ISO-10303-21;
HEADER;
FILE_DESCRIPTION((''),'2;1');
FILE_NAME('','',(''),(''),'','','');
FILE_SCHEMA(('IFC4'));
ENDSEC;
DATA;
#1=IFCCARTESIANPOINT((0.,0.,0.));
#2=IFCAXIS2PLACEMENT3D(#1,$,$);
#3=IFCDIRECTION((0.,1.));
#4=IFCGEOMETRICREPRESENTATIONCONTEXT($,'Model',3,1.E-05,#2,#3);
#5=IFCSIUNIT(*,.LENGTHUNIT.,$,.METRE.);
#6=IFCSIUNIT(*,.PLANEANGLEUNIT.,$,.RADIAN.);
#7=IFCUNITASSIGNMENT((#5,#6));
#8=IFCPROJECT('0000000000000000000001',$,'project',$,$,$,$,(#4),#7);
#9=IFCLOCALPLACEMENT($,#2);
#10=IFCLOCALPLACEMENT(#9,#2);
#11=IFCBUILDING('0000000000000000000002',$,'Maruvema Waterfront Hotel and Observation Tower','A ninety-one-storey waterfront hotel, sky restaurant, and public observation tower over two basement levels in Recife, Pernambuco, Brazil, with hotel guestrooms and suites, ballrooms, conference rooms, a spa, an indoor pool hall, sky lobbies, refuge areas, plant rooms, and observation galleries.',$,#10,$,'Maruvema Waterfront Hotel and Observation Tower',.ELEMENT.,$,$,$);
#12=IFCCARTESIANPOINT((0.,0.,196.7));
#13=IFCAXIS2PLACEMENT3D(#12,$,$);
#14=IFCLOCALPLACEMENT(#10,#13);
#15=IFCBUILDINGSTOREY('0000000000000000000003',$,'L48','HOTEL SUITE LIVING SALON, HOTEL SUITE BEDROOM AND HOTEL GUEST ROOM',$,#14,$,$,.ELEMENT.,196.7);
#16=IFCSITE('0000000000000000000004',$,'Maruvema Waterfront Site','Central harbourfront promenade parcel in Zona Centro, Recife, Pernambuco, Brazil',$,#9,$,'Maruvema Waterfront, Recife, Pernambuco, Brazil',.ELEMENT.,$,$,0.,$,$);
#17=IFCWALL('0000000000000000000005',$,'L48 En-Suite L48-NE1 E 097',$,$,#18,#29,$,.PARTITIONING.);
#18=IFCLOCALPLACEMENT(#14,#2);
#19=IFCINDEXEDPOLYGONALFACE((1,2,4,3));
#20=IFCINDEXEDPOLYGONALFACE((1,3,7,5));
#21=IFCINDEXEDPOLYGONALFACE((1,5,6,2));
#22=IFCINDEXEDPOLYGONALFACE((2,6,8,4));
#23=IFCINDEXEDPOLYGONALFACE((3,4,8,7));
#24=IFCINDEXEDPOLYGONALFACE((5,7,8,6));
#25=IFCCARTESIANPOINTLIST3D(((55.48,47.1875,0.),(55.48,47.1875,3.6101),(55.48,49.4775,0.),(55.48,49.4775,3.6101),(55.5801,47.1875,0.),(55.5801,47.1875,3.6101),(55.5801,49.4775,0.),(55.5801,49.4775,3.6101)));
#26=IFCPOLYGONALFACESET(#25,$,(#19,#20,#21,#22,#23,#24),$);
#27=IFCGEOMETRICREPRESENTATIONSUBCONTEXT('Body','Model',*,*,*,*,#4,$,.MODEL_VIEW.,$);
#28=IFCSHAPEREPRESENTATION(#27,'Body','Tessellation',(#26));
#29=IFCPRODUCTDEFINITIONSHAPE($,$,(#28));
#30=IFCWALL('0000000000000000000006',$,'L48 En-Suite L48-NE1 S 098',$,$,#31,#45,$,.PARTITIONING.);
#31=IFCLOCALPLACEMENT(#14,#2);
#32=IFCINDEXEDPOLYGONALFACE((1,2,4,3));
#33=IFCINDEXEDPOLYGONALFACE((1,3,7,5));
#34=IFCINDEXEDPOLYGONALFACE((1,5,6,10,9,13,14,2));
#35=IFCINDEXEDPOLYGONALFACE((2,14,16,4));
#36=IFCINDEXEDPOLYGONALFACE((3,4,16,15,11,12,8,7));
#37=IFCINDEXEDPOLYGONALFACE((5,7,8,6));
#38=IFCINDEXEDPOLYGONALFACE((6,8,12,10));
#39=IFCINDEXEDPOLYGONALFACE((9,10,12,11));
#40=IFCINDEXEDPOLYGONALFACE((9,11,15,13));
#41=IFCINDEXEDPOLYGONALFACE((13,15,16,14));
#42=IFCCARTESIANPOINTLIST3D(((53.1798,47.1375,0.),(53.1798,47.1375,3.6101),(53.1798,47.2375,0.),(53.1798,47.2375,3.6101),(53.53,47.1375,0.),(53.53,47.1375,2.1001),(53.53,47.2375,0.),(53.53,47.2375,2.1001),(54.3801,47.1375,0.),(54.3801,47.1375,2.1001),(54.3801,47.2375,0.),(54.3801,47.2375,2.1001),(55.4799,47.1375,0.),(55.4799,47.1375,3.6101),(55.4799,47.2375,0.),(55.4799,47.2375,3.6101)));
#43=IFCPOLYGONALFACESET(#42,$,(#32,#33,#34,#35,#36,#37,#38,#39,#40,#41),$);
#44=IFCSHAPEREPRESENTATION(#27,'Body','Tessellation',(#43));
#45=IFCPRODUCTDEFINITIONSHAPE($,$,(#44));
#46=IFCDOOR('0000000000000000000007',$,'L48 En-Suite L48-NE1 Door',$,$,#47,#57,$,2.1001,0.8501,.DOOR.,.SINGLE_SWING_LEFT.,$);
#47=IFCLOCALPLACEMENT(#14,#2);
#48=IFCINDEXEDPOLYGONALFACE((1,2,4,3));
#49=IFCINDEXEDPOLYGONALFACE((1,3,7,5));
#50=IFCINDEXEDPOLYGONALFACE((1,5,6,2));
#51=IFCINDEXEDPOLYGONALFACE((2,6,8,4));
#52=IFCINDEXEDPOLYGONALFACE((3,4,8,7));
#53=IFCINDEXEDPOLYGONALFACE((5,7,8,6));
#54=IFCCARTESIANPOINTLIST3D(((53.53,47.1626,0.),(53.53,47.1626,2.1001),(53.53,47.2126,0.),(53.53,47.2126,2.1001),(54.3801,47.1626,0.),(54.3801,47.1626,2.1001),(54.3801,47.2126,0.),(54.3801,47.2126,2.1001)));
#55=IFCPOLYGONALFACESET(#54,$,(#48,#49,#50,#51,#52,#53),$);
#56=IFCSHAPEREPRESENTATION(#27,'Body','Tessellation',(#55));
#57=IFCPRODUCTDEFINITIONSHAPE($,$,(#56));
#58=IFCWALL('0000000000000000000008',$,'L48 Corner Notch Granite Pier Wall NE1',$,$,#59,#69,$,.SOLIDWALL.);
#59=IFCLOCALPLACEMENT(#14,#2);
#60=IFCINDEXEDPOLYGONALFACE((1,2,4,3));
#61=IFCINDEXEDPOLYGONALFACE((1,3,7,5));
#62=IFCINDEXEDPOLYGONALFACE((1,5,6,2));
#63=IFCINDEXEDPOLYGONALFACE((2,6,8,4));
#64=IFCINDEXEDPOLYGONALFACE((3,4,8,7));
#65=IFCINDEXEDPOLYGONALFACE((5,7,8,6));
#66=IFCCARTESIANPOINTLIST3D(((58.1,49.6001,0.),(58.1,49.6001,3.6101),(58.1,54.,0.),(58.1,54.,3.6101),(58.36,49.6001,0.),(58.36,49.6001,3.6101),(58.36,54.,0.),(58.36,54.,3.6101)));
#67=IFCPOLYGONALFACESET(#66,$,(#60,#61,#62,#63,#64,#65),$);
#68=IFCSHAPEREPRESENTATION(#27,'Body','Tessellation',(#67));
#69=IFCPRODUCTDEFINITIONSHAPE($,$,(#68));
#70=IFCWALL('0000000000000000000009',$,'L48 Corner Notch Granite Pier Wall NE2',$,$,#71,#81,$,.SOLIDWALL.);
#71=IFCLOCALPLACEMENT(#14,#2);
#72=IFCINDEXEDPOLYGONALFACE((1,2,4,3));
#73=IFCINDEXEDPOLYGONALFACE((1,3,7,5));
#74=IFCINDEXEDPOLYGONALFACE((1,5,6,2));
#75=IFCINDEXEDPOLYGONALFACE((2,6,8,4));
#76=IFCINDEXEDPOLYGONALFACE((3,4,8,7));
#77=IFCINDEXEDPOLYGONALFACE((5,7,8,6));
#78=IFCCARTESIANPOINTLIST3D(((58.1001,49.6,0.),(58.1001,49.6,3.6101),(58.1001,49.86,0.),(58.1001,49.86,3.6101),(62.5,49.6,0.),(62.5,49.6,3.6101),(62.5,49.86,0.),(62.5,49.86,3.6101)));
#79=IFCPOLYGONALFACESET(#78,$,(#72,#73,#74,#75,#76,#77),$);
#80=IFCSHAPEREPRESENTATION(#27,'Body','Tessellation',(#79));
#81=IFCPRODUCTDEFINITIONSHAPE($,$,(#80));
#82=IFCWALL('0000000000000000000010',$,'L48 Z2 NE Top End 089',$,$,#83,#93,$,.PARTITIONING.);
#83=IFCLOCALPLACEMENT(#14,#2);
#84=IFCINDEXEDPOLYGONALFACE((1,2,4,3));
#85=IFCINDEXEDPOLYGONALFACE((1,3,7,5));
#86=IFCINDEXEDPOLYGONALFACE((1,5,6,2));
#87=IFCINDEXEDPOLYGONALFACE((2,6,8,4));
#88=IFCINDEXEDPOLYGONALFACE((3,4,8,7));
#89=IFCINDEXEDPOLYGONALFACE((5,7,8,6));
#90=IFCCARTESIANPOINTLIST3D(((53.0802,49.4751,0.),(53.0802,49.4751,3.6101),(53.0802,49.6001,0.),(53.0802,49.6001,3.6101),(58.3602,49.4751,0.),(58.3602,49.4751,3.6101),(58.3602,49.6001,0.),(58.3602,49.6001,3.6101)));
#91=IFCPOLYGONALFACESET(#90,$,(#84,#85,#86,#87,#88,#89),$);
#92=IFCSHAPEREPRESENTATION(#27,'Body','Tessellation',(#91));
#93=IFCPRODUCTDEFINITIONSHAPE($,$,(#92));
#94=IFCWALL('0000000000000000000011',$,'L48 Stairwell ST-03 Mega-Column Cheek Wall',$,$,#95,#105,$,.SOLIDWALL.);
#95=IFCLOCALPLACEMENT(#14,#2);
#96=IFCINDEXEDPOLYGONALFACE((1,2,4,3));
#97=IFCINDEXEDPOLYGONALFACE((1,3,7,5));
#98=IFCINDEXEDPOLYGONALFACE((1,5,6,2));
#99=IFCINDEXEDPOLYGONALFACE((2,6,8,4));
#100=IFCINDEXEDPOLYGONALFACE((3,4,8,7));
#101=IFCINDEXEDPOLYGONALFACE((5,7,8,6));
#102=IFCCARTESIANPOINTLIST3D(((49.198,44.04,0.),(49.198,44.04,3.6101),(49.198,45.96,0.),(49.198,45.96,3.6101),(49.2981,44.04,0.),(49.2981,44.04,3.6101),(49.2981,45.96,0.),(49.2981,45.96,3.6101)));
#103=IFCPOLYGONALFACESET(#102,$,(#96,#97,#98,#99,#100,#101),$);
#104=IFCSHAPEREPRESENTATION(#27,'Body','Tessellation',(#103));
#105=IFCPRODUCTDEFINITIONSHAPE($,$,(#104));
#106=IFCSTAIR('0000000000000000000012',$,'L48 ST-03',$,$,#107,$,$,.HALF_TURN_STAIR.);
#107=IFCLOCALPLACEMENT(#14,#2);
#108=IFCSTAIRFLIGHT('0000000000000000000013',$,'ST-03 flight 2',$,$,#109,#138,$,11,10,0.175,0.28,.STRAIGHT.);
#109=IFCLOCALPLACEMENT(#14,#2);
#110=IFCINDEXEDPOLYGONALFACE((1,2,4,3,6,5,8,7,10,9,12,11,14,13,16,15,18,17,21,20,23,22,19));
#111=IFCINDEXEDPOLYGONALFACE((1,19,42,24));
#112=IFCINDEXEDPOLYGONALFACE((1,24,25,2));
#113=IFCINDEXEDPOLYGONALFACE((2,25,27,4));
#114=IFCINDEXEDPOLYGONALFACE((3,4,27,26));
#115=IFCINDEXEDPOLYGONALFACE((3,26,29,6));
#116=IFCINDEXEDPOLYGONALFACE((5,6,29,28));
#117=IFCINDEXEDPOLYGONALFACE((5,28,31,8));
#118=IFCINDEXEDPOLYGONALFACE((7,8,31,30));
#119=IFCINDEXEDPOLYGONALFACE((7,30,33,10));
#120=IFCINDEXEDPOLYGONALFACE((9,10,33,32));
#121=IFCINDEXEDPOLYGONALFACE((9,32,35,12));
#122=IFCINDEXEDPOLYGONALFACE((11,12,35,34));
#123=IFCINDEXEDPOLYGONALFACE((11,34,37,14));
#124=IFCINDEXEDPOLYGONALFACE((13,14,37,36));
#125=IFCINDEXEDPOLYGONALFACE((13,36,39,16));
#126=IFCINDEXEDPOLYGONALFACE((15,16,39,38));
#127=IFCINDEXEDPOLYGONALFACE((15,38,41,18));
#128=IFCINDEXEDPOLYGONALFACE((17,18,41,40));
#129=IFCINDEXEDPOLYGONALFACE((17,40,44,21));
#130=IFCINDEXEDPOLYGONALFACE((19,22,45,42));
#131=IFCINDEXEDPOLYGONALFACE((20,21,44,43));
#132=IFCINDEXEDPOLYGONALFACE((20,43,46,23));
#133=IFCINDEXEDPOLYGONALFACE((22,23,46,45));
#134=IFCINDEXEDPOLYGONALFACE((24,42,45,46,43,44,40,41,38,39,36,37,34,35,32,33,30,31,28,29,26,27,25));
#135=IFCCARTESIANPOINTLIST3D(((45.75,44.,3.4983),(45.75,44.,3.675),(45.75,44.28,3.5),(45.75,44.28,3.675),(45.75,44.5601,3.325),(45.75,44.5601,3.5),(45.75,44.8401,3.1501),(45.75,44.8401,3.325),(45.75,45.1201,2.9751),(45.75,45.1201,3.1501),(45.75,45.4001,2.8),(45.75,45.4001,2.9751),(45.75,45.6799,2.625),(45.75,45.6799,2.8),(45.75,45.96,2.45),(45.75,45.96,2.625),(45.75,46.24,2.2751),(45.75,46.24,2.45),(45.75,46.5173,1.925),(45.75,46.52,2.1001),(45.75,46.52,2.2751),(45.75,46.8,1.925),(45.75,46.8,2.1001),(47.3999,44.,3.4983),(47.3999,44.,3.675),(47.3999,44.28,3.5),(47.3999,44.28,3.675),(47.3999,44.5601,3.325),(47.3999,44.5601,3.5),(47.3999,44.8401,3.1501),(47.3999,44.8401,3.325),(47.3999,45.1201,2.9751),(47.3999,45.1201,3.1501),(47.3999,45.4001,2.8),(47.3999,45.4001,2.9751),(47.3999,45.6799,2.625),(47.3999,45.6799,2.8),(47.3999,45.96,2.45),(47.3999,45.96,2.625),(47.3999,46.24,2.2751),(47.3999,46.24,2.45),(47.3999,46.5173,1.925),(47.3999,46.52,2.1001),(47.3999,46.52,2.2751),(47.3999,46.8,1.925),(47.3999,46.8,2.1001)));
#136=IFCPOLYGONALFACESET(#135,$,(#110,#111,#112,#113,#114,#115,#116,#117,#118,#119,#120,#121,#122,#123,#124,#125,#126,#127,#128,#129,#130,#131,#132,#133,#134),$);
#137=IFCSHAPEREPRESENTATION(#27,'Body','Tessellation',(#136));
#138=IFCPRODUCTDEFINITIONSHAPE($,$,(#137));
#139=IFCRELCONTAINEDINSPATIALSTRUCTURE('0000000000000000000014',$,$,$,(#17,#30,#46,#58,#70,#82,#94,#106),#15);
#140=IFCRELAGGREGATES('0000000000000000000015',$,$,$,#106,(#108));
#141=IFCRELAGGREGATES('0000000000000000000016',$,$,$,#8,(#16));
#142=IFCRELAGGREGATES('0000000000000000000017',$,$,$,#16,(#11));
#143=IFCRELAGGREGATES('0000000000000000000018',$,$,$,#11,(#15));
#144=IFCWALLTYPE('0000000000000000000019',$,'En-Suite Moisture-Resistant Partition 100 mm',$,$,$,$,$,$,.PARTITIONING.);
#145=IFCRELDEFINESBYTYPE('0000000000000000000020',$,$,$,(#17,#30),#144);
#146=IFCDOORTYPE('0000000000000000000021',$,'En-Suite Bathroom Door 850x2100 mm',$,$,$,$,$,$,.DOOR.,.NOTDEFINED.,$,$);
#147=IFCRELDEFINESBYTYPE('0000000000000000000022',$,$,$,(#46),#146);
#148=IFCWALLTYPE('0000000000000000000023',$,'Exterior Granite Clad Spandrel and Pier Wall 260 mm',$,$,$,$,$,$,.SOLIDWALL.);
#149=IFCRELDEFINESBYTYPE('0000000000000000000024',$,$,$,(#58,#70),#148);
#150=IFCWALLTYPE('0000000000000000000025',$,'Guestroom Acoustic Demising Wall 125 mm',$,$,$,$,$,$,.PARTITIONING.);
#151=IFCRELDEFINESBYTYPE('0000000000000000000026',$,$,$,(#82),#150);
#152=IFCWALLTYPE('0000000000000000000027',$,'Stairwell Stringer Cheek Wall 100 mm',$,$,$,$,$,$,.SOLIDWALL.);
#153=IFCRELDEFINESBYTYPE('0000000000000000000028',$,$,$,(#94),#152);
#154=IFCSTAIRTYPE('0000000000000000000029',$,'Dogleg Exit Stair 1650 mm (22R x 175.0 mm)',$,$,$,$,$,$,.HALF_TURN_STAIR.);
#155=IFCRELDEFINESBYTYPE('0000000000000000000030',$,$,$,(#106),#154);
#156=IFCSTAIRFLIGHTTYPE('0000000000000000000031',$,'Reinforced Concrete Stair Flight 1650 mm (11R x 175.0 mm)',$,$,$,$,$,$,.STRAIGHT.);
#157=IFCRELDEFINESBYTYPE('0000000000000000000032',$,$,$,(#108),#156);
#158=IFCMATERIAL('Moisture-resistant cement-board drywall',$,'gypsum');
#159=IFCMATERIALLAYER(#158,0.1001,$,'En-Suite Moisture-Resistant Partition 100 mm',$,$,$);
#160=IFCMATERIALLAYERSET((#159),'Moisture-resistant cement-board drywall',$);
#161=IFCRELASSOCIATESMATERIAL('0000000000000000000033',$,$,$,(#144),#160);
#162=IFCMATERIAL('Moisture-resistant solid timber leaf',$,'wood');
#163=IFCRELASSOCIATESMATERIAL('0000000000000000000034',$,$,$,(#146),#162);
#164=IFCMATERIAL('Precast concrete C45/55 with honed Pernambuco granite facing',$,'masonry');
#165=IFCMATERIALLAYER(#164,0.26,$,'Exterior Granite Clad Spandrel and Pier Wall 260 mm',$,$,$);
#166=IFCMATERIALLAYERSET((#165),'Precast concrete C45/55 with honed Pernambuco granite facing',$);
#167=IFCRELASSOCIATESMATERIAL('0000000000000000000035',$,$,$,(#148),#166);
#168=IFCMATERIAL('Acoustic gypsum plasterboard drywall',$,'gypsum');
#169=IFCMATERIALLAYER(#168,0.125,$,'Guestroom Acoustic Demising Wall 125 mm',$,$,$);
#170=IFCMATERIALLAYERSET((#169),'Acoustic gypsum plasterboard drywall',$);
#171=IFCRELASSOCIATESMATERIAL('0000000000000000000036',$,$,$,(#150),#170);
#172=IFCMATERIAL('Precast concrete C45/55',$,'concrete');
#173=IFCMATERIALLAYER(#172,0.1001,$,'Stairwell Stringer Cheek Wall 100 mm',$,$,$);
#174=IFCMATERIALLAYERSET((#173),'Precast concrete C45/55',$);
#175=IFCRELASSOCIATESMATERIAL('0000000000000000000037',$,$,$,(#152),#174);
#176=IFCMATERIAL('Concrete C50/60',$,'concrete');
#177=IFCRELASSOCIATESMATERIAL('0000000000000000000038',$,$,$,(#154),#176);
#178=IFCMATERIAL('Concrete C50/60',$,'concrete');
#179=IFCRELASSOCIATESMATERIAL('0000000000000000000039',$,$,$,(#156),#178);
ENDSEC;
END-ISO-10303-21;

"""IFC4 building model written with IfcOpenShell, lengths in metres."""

from ifc_helpers import new_model, si_unit, direction, frame, frame_2d, origin, place, context, subcontext, project, spatial, polyline, rectangle, outline, extrude, material, layer, layer_set, type_object, element, fill, aggregate, save


model = new_model("IFC4")

# Units and contexts
model_context = context("Model", 3, precision=1e-05, world=origin(), true_north=direction((0.0, 1.0)))
body_context = subcontext(model_context, "Body", "Model", "MODEL_VIEW")
ifc_project = project(units=[si_unit("LENGTHUNIT", "METRE"), si_unit("PLANEANGLEUNIT", "RADIAN")], contexts=[model_context])

# Site, building, storey
site_placement = place(None, origin())
site = spatial("IfcSite", under=ifc_project, at=site_placement, Name="Maruvema Waterfront Site", Description="Central harbourfront promenade parcel in Zona Centro, Recife, Pernambuco, Brazil", LongName="Maruvema Waterfront, Recife, Pernambuco, Brazil", CompositionType="ELEMENT", RefElevation=0.0)
building_placement = place(site_placement, origin())
building = spatial("IfcBuilding", under=site, at=building_placement, Name="Maruvema Waterfront Hotel and Observation Tower", Description="A ninety-one-storey waterfront hotel, sky restaurant, and public observation tower over two basement levels in Recife, Pernambuco, Brazil, with hotel guestrooms and suites, ballrooms, conference rooms, a spa, an indoor pool hall, sky lobbies, refuge areas, plant rooms, and observation galleries.", LongName="Maruvema Waterfront Hotel and Observation Tower", CompositionType="ELEMENT")
storey_placement = place(building_placement, frame((0.0, 0.0, 196.7)))
storey = spatial("IfcBuildingStorey", under=building, at=storey_placement, Name="L48", Description="HOTEL SUITE LIVING SALON, HOTEL SUITE BEDROOM AND HOTEL GUEST ROOM", CompositionType="ELEMENT", Elevation=196.7)

# Wall
ifc_material_1 = material(Name="Moisture-resistant cement-board drywall", Category="gypsum")
ifc_layer_1 = layer(ifc_material_1, 0.1001, Name="En-Suite Moisture-Resistant Partition 100 mm")
ifc_layer_set_1 = layer_set([ifc_layer_1], Name="Moisture-resistant cement-board drywall")
wall_type_1 = type_object("IfcWallType", Name="En-Suite Moisture-Resistant Partition 100 mm", PredefinedType="PARTITIONING", material=ifc_layer_set_1)
wall_1_placement = place(storey_placement, frame((55.53, 47.1875, 0.0), z_axis=(0.0, 0.0, 1.0), x_axis=(0.0, 1.0, 0.0)))
element("IfcWall", 1, at=wall_1_placement, inside=storey, type_object=wall_type_1, Name="L48 En-Suite L48-NE1 E 097", PredefinedType="PARTITIONING", context=body_context, shape_type="SweptSolid", body=[
    extrude(rectangle(XDim=2.29, YDim=0.1001, at=frame_2d((1.145, 0.0))), origin(), (0.0, 0.0, 1.0), 3.6101),
])

# Wall, opening, door
wall_2_placement = place(storey_placement, frame((53.1799, 47.1875, 0.0), z_axis=(0.0, 0.0, 1.0), x_axis=(1.0, 0.0, 0.0)))
wall_2 = element("IfcWall", 2, at=wall_2_placement, inside=storey, type_object=wall_type_1, Name="L48 En-Suite L48-NE1 S 098", PredefinedType="PARTITIONING", context=body_context, shape_type="SweptSolid", body=[
    extrude(rectangle(XDim=2.3, YDim=0.1001, at=frame_2d((1.1499, 0.0))), origin(), (0.0, 0.0, 1.0), 3.6101),
])
opening_placement = place(wall_2_placement, frame((0.3501, 0.0, 0.0)))
opening = element("IfcOpeningElement", 3, at=opening_placement, cuts=wall_2, PredefinedType="OPENING", context=body_context, shape_type="SweptSolid", body=[
    extrude(rectangle(XDim=0.8501, YDim=2.1001, at=frame_2d((0.425, 1.05))), frame((0.0, 0.0601, 0.0), z_axis=(0.0, -1.0, 0.0), x_axis=(1.0, 0.0, 0.0)), (0.0, 0.0, 1.0), 0.1201),
])
ifc_material_2 = material(Name="Moisture-resistant solid timber leaf", Category="wood")
door_type = type_object("IfcDoorType", Name="En-Suite Bathroom Door 850x2100 mm", OperationType="NOTDEFINED", PredefinedType="DOOR", material=ifc_material_2)
door_placement = place(opening_placement, frame((0.8501, 0.0, 0.0), z_axis=(0.0, 0.0, 1.0), x_axis=(-1.0, 0.0, 0.0)))
door = element("IfcDoor", 4, at=door_placement, inside=storey, type_object=door_type, Name="L48 En-Suite L48-NE1 Door", OperationType="SINGLE_SWING_LEFT", OverallHeight=2.1001, OverallWidth=0.8501, PredefinedType="DOOR", context=body_context, shape_type="SweptSolid", body=[
    extrude(rectangle(XDim=0.8501, YDim=2.1001, at=frame_2d((0.425, 1.05))), frame((0.0, 0.0249, 0.0), z_axis=(0.0, -1.0, 0.0), x_axis=(1.0, 0.0, 0.0)), (0.0, 0.0, 1.0), 0.05),
])
fill(opening, door)

# Walls
ifc_material_3 = material(Name="Precast concrete C45/55 with honed Pernambuco granite facing", Category="masonry")
ifc_layer_2 = layer(ifc_material_3, 0.26, Name="Exterior Granite Clad Spandrel and Pier Wall 260 mm")
ifc_layer_set_2 = layer_set([ifc_layer_2], Name="Precast concrete C45/55 with honed Pernambuco granite facing")
wall_type_2 = type_object("IfcWallType", Name="Exterior Granite Clad Spandrel and Pier Wall 260 mm", PredefinedType="SOLIDWALL", material=ifc_layer_set_2)
for number, where, z_axis, x_axis, name in (
    (5, (58.23, 54.0, 0.0), (0.0, 0.0, 1.0), (0.0, -1.0, 0.0), "L48 Corner Notch Granite Pier Wall NE1"),
    (6, (58.1001, 49.73, 0.0), (0.0, 0.0, 1.0), (1.0, 0.0, 0.0), "L48 Corner Notch Granite Pier Wall NE2"),
):
    element("IfcWall", number, at=place(storey_placement, frame(where, z_axis=z_axis, x_axis=x_axis)), inside=storey, type_object=wall_type_2, Name=name, PredefinedType="SOLIDWALL", context=body_context, shape_type="SweptSolid", body=[
        extrude(rectangle(XDim=4.3999, YDim=0.26, at=frame_2d((2.2, 0.0))), origin(), (0.0, 0.0, 1.0), 3.6101),
    ])
ifc_material_4 = material(Name="Acoustic gypsum plasterboard drywall", Category="gypsum")
ifc_layer_3 = layer(ifc_material_4, 0.125, Name="Guestroom Acoustic Demising Wall 125 mm")
ifc_layer_set_3 = layer_set([ifc_layer_3], Name="Acoustic gypsum plasterboard drywall")
wall_type_3 = type_object("IfcWallType", Name="Guestroom Acoustic Demising Wall 125 mm", PredefinedType="PARTITIONING", material=ifc_layer_set_3)
wall_3_placement = place(storey_placement, frame((53.0801, 49.5376, 0.0), z_axis=(0.0, 0.0, 1.0), x_axis=(1.0, 0.0, 0.0)))
element("IfcWall", 7, at=wall_3_placement, inside=storey, type_object=wall_type_3, Name="L48 Z2 NE Top End 089", PredefinedType="PARTITIONING", context=body_context, shape_type="SweptSolid", body=[
    extrude(rectangle(XDim=5.28, YDim=0.125, at=frame_2d((2.6401, 0.0))), origin(), (0.0, 0.0, 1.0), 3.6101),
])
ifc_material_5 = material(Name="Precast concrete C45/55", Category="concrete")
ifc_layer_4 = layer(ifc_material_5, 0.1001, Name="Stairwell Stringer Cheek Wall 100 mm")
ifc_layer_set_4 = layer_set([ifc_layer_4], Name="Precast concrete C45/55")
wall_type_4 = type_object("IfcWallType", Name="Stairwell Stringer Cheek Wall 100 mm", PredefinedType="SOLIDWALL", material=ifc_layer_set_4)
wall_4_placement = place(storey_placement, frame((49.248, 44.04, 0.0), z_axis=(0.0, 0.0, 1.0), x_axis=(0.0, 1.0, 0.0)))
element("IfcWall", 8, at=wall_4_placement, inside=storey, type_object=wall_type_4, Name="L48 Stairwell ST-03 Mega-Column Cheek Wall", PredefinedType="SOLIDWALL", context=body_context, shape_type="SweptSolid", body=[
    extrude(rectangle(XDim=1.9199, YDim=0.1001, at=frame_2d((0.96, 0.0))), origin(), (0.0, 0.0, 1.0), 3.6101),
])

# Stair, stair flight
ifc_material_6 = material(Name="Concrete C50/60", Category="concrete")
stair_type = type_object("IfcStairType", Name="Dogleg Exit Stair 1650 mm (22R x 175.0 mm)", PredefinedType="HALF_TURN_STAIR", material=ifc_material_6)
stair_placement = place(storey_placement, origin())
stair = element("IfcStair", 9, at=stair_placement, inside=storey, type_object=stair_type, Name="L48 ST-03", PredefinedType="HALF_TURN_STAIR")
ifc_material_7 = material(Name="Concrete C50/60", Category="concrete")
stair_flight_type = type_object("IfcStairFlightType", Name="Reinforced Concrete Stair Flight 1650 mm (11R x 175.0 mm)", PredefinedType="STRAIGHT", material=ifc_material_7)
stair_flight_placement = place(storey_placement, frame((46.575, 46.8, 1.925), z_axis=(0.0, 0.0, 1.0), x_axis=(0.0, -1.0, 0.0)))
stair_flight = element("IfcStairFlight", 10, at=stair_flight_placement, type_object=stair_flight_type, Name="ST-03 flight 2", NumberOfRisers=11, NumberOfTreads=10, PredefinedType="STRAIGHT", RiserHeight=0.175, TreadLength=0.28, context=body_context, shape_type="SweptSolid", body=[
    extrude(outline(polyline([(0.0, 0.0), (0.0, 0.175), (0.28, 0.175), (0.28, 0.3501), (0.5601, 0.3501), (0.5601, 0.5249), (0.8401, 0.5249), (0.8401, 0.7), (1.1201, 0.7), (1.1201, 0.875), (1.3999, 0.875), (1.3999, 1.05), (1.6799, 1.05), (1.6799, 1.2251), (1.96, 1.2251), (1.96, 1.3999), (2.24, 1.3999), (2.24, 1.575), (2.52, 1.575), (2.52, 1.75), (2.8, 1.75), (2.8, 1.925), (2.8, 1.5732), (0.2827, 0.0), (0.0, 0.0)])), frame((0.0, 0.825, 0.0), z_axis=(0.0, -1.0, 0.0), x_axis=(1.0, 0.0, 0.0)), (0.0, 0.0, 1.0), 1.6499),
])
aggregate(stair, [stair_flight])

save(model, "model.ifc")
